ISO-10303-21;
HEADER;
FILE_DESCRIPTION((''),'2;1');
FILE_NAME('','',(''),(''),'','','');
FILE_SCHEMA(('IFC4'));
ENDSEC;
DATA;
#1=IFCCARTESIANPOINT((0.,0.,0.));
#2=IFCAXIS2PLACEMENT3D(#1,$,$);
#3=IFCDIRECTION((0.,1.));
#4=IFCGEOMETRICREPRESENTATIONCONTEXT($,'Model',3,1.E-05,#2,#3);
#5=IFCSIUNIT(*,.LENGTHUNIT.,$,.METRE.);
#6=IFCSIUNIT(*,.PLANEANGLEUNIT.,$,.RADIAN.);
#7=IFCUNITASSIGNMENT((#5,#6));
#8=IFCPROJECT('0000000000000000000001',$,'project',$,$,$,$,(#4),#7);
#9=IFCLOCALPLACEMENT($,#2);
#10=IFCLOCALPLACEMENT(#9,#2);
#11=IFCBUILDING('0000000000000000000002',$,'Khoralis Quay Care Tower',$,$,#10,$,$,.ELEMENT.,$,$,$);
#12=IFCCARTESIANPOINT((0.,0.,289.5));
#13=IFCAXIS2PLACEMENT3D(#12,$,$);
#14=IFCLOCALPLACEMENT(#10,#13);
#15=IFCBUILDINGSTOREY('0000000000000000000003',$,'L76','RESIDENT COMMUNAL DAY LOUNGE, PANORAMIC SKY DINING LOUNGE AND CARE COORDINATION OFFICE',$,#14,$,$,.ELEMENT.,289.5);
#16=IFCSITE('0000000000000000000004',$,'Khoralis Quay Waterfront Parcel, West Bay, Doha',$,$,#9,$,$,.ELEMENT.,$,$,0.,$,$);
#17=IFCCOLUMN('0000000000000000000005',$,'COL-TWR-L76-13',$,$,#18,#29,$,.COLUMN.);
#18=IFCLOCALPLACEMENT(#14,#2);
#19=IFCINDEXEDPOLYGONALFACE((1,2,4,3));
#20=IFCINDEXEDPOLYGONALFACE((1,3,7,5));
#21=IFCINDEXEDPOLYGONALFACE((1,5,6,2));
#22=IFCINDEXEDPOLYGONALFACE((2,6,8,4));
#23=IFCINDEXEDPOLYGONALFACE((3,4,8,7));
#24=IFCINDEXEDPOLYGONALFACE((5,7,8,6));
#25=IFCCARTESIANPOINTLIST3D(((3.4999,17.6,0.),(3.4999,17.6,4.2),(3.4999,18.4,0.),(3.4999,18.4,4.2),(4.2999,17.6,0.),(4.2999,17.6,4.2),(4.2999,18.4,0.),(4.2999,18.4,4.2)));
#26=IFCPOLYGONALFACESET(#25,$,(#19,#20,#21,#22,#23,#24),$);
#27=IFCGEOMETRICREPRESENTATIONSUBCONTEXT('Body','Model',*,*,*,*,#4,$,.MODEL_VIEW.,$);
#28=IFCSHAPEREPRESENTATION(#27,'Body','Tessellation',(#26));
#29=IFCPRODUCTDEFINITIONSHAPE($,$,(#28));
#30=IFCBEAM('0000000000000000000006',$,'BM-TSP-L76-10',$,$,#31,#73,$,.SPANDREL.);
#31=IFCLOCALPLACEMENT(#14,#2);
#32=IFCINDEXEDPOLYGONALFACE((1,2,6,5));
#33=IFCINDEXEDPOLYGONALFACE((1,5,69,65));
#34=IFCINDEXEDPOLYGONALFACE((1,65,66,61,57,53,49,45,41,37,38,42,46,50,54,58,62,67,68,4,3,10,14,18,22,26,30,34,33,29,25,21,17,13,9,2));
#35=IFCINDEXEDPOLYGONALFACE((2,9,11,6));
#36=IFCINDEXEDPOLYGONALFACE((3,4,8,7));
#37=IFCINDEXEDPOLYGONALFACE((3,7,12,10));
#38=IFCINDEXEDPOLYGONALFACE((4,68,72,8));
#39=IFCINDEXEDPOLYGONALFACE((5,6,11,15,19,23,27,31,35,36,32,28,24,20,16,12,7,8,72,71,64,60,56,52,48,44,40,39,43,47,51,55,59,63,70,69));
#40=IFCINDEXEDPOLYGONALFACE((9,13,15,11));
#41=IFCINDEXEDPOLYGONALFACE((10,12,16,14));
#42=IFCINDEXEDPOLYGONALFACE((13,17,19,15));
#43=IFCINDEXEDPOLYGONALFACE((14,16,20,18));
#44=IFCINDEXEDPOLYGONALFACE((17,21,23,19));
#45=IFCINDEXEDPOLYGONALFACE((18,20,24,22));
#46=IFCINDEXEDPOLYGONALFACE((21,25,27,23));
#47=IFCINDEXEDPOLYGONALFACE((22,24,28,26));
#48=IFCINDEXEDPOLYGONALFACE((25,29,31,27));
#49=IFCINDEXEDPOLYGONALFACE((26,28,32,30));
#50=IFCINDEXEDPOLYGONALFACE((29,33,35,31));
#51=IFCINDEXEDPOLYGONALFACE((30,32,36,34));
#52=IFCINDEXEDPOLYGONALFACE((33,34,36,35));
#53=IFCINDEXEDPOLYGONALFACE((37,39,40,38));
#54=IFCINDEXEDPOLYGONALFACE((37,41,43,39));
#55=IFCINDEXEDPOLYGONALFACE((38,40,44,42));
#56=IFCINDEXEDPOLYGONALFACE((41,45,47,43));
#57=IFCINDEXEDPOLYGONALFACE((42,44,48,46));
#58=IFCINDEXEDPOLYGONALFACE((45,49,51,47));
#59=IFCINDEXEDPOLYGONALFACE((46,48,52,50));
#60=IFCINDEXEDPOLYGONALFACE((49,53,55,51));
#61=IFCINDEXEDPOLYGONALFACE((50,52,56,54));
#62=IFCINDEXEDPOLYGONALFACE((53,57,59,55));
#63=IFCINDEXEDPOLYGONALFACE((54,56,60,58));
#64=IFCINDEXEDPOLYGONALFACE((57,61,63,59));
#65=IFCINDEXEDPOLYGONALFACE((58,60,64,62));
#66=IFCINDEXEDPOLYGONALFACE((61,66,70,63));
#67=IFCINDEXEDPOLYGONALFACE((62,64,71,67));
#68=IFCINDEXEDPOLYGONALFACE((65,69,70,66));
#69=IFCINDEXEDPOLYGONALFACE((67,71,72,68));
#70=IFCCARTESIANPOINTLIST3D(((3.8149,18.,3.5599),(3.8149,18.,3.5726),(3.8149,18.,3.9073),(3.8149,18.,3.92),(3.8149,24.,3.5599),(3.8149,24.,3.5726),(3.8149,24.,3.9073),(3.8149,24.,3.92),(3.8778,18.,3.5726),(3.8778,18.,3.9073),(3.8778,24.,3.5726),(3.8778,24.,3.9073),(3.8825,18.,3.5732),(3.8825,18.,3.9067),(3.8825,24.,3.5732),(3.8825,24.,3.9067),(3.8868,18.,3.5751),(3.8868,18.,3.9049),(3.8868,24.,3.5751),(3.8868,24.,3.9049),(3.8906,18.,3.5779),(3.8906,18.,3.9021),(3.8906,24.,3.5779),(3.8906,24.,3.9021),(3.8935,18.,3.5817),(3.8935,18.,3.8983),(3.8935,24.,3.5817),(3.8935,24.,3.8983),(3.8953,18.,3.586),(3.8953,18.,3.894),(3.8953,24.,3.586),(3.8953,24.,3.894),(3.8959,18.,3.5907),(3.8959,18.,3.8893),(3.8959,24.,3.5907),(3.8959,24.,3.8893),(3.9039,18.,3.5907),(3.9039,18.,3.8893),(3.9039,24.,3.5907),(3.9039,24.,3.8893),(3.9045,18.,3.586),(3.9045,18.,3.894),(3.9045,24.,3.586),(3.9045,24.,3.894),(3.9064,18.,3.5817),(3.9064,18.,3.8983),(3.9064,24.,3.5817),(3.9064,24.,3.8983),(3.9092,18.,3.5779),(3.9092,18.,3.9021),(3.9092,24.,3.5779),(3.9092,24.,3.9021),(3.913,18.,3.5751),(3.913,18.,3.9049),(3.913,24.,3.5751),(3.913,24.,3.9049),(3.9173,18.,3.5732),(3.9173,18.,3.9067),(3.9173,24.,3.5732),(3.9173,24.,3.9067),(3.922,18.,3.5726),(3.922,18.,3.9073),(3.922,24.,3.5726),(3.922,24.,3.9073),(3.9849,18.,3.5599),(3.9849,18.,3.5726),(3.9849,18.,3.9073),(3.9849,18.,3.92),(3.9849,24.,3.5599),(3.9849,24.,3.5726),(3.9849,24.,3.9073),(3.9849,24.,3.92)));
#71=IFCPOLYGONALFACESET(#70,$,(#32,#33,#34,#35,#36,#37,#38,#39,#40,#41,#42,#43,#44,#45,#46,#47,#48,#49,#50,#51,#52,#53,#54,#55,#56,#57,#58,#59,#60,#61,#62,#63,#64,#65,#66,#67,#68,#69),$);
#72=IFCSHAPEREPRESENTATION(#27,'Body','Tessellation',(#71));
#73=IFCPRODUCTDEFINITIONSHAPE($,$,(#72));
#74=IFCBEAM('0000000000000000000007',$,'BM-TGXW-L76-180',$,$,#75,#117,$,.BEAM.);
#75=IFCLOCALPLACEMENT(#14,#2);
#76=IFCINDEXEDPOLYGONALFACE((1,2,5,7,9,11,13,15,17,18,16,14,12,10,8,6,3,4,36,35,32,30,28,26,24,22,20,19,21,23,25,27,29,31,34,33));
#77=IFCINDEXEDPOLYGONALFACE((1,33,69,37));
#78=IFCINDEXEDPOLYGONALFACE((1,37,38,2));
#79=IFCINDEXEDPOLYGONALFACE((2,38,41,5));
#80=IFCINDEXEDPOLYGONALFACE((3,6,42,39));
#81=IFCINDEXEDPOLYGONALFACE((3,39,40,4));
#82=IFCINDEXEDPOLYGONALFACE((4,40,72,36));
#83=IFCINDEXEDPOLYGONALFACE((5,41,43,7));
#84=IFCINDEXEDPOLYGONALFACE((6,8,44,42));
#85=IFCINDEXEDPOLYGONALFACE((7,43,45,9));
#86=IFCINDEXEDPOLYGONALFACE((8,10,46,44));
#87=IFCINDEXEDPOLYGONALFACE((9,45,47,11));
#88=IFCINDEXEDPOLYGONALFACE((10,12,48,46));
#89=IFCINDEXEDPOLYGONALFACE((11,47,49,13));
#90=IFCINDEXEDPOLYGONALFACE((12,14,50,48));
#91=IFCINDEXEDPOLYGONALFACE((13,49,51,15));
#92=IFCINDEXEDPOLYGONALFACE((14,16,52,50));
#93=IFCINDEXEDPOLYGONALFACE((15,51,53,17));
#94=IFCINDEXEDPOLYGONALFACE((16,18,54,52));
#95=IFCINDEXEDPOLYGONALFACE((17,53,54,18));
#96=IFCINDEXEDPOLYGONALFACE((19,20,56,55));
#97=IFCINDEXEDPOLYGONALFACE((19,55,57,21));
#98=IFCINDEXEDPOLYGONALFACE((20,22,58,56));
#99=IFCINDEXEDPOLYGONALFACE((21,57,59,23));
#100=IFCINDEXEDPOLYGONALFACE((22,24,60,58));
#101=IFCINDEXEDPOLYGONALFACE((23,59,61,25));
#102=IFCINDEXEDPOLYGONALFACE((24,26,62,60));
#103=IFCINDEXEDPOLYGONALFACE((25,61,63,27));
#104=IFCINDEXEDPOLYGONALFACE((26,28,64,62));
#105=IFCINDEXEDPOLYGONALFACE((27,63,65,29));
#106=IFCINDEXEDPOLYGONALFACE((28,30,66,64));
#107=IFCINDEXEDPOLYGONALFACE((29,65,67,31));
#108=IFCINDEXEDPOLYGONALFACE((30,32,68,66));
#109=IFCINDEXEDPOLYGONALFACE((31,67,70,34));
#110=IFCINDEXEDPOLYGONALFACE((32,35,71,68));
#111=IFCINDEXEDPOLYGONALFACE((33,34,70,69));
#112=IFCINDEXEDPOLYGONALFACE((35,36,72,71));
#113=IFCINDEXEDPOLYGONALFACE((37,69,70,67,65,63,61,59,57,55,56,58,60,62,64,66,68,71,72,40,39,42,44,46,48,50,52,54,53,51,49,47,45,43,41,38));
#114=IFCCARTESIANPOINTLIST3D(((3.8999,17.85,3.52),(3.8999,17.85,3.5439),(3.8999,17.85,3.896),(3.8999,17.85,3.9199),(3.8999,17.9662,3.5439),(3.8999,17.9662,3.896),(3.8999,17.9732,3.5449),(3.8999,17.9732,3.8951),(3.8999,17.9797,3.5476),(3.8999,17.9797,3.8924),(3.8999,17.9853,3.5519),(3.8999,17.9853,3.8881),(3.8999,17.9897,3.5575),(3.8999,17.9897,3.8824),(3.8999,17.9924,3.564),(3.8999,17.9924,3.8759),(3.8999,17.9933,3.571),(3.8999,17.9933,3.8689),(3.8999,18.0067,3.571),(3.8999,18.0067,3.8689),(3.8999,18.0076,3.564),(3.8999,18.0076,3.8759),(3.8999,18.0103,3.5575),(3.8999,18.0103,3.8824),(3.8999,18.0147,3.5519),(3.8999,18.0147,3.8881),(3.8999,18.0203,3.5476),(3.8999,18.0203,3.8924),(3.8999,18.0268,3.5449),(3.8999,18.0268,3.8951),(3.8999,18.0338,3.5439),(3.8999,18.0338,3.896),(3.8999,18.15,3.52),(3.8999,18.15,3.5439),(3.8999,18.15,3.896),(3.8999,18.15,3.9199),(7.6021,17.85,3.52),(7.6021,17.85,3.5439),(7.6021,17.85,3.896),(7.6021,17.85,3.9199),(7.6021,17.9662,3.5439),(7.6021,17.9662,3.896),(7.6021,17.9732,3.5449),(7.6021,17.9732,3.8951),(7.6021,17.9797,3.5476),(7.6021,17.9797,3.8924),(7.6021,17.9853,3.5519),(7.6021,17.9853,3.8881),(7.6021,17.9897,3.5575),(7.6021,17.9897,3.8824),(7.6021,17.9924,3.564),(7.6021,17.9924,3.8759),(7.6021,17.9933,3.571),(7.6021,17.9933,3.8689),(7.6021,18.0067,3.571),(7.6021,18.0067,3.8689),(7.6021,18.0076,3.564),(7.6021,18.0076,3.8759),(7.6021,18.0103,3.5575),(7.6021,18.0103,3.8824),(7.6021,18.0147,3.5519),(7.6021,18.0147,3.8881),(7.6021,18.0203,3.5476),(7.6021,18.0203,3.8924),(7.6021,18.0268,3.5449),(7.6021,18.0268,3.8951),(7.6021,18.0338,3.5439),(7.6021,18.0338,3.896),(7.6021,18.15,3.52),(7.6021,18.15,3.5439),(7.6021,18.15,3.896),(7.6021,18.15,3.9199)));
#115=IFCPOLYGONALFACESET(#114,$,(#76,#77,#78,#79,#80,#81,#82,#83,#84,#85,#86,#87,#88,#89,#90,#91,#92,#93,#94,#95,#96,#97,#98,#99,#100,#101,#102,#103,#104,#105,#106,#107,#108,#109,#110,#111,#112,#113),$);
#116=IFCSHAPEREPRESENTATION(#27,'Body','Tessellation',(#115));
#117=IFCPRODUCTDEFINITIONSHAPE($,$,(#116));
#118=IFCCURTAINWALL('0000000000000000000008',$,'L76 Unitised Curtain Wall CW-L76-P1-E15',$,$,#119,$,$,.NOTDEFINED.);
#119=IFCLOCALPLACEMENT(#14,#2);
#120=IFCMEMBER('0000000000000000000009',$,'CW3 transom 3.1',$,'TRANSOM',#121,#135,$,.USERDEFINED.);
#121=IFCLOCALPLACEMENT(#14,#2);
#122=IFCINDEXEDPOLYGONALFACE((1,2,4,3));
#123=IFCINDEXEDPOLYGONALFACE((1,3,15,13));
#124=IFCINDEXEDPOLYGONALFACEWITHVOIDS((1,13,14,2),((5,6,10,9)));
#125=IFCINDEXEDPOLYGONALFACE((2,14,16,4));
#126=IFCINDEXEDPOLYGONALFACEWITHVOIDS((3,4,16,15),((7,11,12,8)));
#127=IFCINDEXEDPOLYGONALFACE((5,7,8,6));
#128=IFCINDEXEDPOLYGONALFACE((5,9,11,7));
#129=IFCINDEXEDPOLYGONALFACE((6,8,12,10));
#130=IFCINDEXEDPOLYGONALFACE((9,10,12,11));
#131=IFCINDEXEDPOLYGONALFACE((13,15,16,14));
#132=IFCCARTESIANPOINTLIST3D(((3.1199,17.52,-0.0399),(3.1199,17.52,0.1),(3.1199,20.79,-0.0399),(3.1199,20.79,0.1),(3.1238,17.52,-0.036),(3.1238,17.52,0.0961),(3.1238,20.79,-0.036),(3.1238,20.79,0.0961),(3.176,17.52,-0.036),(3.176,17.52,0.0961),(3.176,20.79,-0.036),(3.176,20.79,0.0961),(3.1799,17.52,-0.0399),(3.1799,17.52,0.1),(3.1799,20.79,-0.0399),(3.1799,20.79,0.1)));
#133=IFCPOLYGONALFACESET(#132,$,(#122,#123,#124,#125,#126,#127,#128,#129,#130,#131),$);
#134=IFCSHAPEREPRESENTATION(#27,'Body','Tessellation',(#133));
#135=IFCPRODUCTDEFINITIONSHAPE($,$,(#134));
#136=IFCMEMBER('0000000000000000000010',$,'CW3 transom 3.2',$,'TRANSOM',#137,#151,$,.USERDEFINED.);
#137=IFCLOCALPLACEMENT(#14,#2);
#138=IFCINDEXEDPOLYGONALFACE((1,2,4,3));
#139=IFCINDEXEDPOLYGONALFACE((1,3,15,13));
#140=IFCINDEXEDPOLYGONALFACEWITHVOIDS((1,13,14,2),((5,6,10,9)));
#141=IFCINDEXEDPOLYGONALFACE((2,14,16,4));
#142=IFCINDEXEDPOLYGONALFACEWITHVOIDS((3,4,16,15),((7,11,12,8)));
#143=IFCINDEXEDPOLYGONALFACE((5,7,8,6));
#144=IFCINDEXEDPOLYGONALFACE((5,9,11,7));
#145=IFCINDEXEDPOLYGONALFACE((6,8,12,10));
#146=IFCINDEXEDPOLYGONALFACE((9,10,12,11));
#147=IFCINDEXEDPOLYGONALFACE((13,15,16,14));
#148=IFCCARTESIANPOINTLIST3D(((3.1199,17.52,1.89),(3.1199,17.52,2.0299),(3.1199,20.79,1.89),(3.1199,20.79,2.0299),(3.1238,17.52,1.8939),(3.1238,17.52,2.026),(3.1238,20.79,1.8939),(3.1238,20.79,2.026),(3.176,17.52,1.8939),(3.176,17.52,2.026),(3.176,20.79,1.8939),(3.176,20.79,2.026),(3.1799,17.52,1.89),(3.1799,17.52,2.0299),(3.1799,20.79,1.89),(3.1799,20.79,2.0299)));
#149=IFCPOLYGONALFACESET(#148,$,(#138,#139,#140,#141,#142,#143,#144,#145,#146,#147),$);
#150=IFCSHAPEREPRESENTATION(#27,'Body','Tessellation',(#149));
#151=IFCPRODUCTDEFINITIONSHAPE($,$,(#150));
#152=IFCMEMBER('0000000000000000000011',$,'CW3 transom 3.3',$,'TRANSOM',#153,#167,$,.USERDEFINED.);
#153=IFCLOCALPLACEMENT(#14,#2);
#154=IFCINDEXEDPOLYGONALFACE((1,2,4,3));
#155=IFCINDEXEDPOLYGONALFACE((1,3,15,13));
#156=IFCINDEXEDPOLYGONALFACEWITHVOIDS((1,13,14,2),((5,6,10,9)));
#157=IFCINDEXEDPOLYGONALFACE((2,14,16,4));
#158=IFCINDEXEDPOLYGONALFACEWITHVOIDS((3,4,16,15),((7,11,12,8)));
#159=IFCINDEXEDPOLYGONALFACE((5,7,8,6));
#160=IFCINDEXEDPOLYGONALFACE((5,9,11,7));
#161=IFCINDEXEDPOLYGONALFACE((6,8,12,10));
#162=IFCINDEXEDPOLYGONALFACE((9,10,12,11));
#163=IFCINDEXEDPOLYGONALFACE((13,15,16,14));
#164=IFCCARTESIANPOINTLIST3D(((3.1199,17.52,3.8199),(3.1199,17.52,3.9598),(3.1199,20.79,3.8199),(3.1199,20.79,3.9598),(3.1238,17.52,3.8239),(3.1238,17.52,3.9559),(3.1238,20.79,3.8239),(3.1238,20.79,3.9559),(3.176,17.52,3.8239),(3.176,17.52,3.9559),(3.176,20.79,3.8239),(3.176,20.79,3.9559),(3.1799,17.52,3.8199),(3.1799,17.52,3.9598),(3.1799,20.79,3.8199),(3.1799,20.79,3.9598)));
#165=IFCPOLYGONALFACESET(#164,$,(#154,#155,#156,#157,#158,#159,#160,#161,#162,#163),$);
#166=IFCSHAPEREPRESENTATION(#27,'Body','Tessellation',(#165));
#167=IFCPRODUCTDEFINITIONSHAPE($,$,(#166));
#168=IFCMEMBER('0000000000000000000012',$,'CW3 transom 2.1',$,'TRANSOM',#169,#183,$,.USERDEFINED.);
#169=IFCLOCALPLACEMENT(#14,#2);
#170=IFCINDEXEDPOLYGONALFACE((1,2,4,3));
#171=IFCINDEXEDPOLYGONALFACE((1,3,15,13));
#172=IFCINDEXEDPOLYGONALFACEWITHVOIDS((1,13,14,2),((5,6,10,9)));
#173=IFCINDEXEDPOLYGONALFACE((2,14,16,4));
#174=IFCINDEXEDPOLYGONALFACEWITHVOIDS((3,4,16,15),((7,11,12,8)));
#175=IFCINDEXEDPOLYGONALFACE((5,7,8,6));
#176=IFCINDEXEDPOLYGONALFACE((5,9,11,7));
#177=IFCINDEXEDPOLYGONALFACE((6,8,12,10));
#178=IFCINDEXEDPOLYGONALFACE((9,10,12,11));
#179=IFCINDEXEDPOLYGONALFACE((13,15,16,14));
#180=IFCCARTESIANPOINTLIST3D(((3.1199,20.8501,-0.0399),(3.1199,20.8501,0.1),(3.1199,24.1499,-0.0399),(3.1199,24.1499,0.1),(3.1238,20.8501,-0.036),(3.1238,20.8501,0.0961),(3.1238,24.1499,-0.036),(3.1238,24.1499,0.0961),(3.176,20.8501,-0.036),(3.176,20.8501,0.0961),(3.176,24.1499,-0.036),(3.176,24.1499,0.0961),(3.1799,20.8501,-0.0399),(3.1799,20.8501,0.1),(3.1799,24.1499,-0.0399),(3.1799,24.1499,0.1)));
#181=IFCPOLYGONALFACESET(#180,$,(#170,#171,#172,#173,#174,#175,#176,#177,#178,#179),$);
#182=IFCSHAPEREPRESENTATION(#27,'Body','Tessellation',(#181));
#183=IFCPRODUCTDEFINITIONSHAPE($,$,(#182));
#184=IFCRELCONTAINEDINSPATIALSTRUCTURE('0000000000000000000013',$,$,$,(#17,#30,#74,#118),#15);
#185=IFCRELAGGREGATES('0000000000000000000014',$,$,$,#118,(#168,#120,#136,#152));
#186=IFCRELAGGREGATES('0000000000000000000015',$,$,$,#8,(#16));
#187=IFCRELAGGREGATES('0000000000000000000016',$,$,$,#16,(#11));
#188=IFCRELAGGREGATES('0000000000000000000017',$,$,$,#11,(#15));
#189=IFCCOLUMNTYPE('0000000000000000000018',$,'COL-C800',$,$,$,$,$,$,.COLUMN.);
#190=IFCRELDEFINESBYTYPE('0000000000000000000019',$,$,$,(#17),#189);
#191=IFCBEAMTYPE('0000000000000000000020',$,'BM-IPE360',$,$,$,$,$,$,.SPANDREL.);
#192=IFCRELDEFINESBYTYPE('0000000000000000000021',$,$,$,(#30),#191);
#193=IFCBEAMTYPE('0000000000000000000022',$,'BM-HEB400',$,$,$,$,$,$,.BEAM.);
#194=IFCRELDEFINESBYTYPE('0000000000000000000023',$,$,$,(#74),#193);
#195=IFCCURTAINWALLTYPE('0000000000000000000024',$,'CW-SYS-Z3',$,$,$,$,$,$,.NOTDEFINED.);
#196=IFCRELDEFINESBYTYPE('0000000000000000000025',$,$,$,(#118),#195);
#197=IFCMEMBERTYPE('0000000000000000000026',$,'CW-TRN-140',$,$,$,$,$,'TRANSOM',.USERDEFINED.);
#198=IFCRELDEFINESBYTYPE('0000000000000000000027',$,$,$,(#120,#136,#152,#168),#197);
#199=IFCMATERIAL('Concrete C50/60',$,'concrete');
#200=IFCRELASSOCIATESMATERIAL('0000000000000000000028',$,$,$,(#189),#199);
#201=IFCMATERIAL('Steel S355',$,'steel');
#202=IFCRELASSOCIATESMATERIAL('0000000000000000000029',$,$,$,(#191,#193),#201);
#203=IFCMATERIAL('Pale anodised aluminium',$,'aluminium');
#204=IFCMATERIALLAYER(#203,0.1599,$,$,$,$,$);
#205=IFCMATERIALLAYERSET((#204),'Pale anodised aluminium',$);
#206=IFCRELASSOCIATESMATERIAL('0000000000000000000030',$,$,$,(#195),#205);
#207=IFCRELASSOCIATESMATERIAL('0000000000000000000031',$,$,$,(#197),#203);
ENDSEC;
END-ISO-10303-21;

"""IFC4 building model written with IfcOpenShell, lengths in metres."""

from ifc_helpers import new_model, si_unit, direction, frame, origin, origin_2d, place, context, subcontext, project, spatial, rectangle, hollow_rectangle, i_section, extrude, source, transform, mapped, material, layer, layer_set, material_profile, profile_set, type_object, element, aggregate, save


model = new_model("IFC4")

# Units and contexts
model_context = context("Model", 3, precision=1e-05, world=origin(), true_north=direction((0.0, 1.0)))
body_context = subcontext(model_context, "Body", "Model", "MODEL_VIEW")
ifc_project = project(units=[si_unit("LENGTHUNIT", "METRE"), si_unit("PLANEANGLEUNIT", "RADIAN")], contexts=[model_context])

# Site, building, storey
site_placement = place(None, origin())
site = spatial("IfcSite", under=ifc_project, at=site_placement, Name="Khoralis Quay Waterfront Parcel, West Bay, Doha", CompositionType="ELEMENT", RefElevation=0.0)
building_placement = place(site_placement, origin())
building = spatial("IfcBuilding", under=site, at=building_placement, Name="Khoralis Quay Care Tower", CompositionType="ELEMENT")
storey_placement = place(building_placement, frame((0.0, 0.0, 289.5)))
storey = spatial("IfcBuildingStorey", under=building, at=storey_placement, Name="L76", Description="RESIDENT COMMUNAL DAY LOUNGE, PANORAMIC SKY DINING LOUNGE AND CARE COORDINATION OFFICE", CompositionType="ELEMENT", Elevation=289.5)

# Column
ifc_material_1 = material(Name="Concrete C50/60", Category="concrete")
ifc_material_profile_1 = material_profile(ifc_material_1, rectangle(XDim=0.8, YDim=0.8, at=origin_2d()), Name="Concrete C50/60")
ifc_profile_set_1 = profile_set([ifc_material_profile_1], Name="Concrete C50/60")
column_type = type_object("IfcColumnType", Name="COL-C800", PredefinedType="COLUMN", material=ifc_profile_set_1)
shared_shape_1 = source(origin(), body_context, "Body", "SweptSolid", [
    extrude(rectangle(XDim=0.8, YDim=0.8, at=origin_2d()), origin(), (0.0, 0.0, 1.0), 4.2),
])
column_placement = place(storey_placement, frame((3.8999, 18.0, 0.0), z_axis=(0.0, 0.0, 1.0), x_axis=(1.0, 0.0, 0.0)))
element("IfcColumn", 1, at=column_placement, inside=storey, type_object=column_type, Name="COL-TWR-L76-13", PredefinedType="COLUMN", context=body_context, shape_type="MappedRepresentation", body=[
    mapped(shared_shape_1, transform((0.0, 0.0, 0.0), scale=1.0)),
])

# Beams
ifc_material_2 = material(Name="Steel S355", Category="steel")
ifc_material_profile_2 = material_profile(ifc_material_2, i_section(OverallWidth=0.1699, OverallDepth=0.3601, WebThickness=0.0081, FlangeThickness=0.0127, FilletRadius=0.0181, at=origin_2d()), Name="Steel S355")
ifc_profile_set_2 = profile_set([ifc_material_profile_2], Name="Steel S355")
beam_type_1 = type_object("IfcBeamType", Name="BM-IPE360", PredefinedType="SPANDREL", material=ifc_profile_set_2)
shared_shape_2 = source(origin(), body_context, "Body", "SweptSolid", [
    extrude(i_section(OverallWidth=0.1699, OverallDepth=0.3601, WebThickness=0.0081, FlangeThickness=0.0127, FilletRadius=0.0181, at=origin_2d()), origin(), (0.0, 0.0, 1.0), 6.0),
])
beam_1_placement = place(storey_placement, frame((3.8999, 18.0, 3.74), z_axis=(0.0, 1.0, 0.0), x_axis=(-1.0, 0.0, 0.0)))
element("IfcBeam", 2, at=beam_1_placement, inside=storey, type_object=beam_type_1, Name="BM-TSP-L76-10", PredefinedType="SPANDREL", context=body_context, shape_type="MappedRepresentation", body=[
    mapped(shared_shape_2, transform((0.0, 0.0, 0.0), scale=1.0)),
])
ifc_material_profile_3 = material_profile(ifc_material_2, i_section(OverallWidth=0.3, OverallDepth=0.3999, WebThickness=0.0134, FlangeThickness=0.0239, FilletRadius=0.0271, at=origin_2d()), Name="Steel S355")
ifc_profile_set_3 = profile_set([ifc_material_profile_3], Name="Steel S355")
beam_type_2 = type_object("IfcBeamType", Name="BM-HEB400", PredefinedType="BEAM", material=ifc_profile_set_3)
shared_shape_3 = source(origin(), body_context, "Body", "SweptSolid", [
    extrude(i_section(OverallWidth=0.3, OverallDepth=0.3999, WebThickness=0.0134, FlangeThickness=0.0239, FilletRadius=0.0271, at=origin_2d()), origin(), (0.0, 0.0, 1.0), 3.7021),
])
beam_2_placement = place(storey_placement, frame((3.8999, 18.0, 3.72), z_axis=(1.0, 0.0, 0.0), x_axis=(0.0, 1.0, 0.0)))
element("IfcBeam", 3, at=beam_2_placement, inside=storey, type_object=beam_type_2, Name="BM-TGXW-L76-180", PredefinedType="BEAM", context=body_context, shape_type="MappedRepresentation", body=[
    mapped(shared_shape_3, transform((0.0, 0.0, 0.0), scale=1.0)),
])

# Curtain wall, members
ifc_material_3 = material(Name="Pale anodised aluminium", Category="aluminium")
ifc_layer_1 = layer(ifc_material_3, 0.1599)
ifc_layer_set_1 = layer_set([ifc_layer_1], Name="Pale anodised aluminium")
curtain_wall_type = type_object("IfcCurtainWallType", Name="CW-SYS-Z3", PredefinedType="NOTDEFINED", material=ifc_layer_set_1)
curtain_wall_placement = place(storey_placement, origin())
curtain_wall = element("IfcCurtainWall", 4, at=curtain_wall_placement, inside=storey, type_object=curtain_wall_type, Name="L76 Unitised Curtain Wall CW-L76-P1-E15", PredefinedType="NOTDEFINED")
ifc_material_profile_4 = material_profile(ifc_material_3, hollow_rectangle(XDim=0.0601, YDim=0.1399, WallThickness=0.0039, at=origin_2d()), Name="Pale anodised aluminium")
ifc_profile_set_4 = profile_set([ifc_material_profile_4], Name="Pale anodised aluminium")
member_type_1 = type_object("IfcMemberType", Name="CW-TRN-140", ElementType="TRANSOM", PredefinedType="USERDEFINED", material=ifc_profile_set_4)
shared_shape_4 = source(origin(), body_context, "Body", "SweptSolid", [
    extrude(hollow_rectangle(XDim=0.0601, YDim=0.1399, WallThickness=0.0039, at=origin_2d()), origin(), (0.0, 0.0, 1.0), 3.27),
])
member_1_placement = place(storey_placement, frame((3.1499, 20.79, 0.03), z_axis=(0.0, -1.0, 0.0), x_axis=(1.0, 0.0, 0.0)))
member_1 = element("IfcMember", 5, at=member_1_placement, type_object=member_type_1, Name="CW3 transom 3.1", ObjectType="TRANSOM", PredefinedType="USERDEFINED", context=body_context, shape_type="MappedRepresentation", body=[
    mapped(shared_shape_4, transform((0.0, 0.0, 0.0), scale=1.0)),
])
member_2_placement = place(storey_placement, frame((3.1499, 20.79, 1.96), z_axis=(0.0, -1.0, 0.0), x_axis=(1.0, 0.0, 0.0)))
member_2 = element("IfcMember", 6, at=member_2_placement, type_object=member_type_1, Name="CW3 transom 3.2", ObjectType="TRANSOM", PredefinedType="USERDEFINED", context=body_context, shape_type="MappedRepresentation", body=[
    mapped(shared_shape_4, transform((0.0, 0.0, 0.0), scale=1.0)),
])
member_3_placement = place(storey_placement, frame((3.1499, 20.79, 3.8899), z_axis=(0.0, -1.0, 0.0), x_axis=(1.0, 0.0, 0.0)))
member_3 = element("IfcMember", 7, at=member_3_placement, type_object=member_type_1, Name="CW3 transom 3.3", ObjectType="TRANSOM", PredefinedType="USERDEFINED", context=body_context, shape_type="MappedRepresentation", body=[
    mapped(shared_shape_4, transform((0.0, 0.0, 0.0), scale=1.0)),
])
shared_shape_5 = source(origin(), body_context, "Body", "SweptSolid", [
    extrude(hollow_rectangle(XDim=0.0601, YDim=0.1399, WallThickness=0.0039, at=origin_2d()), origin(), (0.0, 0.0, 1.0), 3.2998),
])
member_4_placement = place(storey_placement, frame((3.1499, 24.1499, 0.03), z_axis=(0.0, -1.0, 0.0), x_axis=(1.0, 0.0, 0.0)))
member_4 = element("IfcMember", 8, at=member_4_placement, type_object=member_type_1, Name="CW3 transom 2.1", ObjectType="TRANSOM", PredefinedType="USERDEFINED", context=body_context, shape_type="MappedRepresentation", body=[
    mapped(shared_shape_5, transform((0.0, 0.0, 0.0), scale=1.0)),
])
aggregate(curtain_wall, [member_4, member_1, member_2, member_3])

save(model, "model.ifc")
